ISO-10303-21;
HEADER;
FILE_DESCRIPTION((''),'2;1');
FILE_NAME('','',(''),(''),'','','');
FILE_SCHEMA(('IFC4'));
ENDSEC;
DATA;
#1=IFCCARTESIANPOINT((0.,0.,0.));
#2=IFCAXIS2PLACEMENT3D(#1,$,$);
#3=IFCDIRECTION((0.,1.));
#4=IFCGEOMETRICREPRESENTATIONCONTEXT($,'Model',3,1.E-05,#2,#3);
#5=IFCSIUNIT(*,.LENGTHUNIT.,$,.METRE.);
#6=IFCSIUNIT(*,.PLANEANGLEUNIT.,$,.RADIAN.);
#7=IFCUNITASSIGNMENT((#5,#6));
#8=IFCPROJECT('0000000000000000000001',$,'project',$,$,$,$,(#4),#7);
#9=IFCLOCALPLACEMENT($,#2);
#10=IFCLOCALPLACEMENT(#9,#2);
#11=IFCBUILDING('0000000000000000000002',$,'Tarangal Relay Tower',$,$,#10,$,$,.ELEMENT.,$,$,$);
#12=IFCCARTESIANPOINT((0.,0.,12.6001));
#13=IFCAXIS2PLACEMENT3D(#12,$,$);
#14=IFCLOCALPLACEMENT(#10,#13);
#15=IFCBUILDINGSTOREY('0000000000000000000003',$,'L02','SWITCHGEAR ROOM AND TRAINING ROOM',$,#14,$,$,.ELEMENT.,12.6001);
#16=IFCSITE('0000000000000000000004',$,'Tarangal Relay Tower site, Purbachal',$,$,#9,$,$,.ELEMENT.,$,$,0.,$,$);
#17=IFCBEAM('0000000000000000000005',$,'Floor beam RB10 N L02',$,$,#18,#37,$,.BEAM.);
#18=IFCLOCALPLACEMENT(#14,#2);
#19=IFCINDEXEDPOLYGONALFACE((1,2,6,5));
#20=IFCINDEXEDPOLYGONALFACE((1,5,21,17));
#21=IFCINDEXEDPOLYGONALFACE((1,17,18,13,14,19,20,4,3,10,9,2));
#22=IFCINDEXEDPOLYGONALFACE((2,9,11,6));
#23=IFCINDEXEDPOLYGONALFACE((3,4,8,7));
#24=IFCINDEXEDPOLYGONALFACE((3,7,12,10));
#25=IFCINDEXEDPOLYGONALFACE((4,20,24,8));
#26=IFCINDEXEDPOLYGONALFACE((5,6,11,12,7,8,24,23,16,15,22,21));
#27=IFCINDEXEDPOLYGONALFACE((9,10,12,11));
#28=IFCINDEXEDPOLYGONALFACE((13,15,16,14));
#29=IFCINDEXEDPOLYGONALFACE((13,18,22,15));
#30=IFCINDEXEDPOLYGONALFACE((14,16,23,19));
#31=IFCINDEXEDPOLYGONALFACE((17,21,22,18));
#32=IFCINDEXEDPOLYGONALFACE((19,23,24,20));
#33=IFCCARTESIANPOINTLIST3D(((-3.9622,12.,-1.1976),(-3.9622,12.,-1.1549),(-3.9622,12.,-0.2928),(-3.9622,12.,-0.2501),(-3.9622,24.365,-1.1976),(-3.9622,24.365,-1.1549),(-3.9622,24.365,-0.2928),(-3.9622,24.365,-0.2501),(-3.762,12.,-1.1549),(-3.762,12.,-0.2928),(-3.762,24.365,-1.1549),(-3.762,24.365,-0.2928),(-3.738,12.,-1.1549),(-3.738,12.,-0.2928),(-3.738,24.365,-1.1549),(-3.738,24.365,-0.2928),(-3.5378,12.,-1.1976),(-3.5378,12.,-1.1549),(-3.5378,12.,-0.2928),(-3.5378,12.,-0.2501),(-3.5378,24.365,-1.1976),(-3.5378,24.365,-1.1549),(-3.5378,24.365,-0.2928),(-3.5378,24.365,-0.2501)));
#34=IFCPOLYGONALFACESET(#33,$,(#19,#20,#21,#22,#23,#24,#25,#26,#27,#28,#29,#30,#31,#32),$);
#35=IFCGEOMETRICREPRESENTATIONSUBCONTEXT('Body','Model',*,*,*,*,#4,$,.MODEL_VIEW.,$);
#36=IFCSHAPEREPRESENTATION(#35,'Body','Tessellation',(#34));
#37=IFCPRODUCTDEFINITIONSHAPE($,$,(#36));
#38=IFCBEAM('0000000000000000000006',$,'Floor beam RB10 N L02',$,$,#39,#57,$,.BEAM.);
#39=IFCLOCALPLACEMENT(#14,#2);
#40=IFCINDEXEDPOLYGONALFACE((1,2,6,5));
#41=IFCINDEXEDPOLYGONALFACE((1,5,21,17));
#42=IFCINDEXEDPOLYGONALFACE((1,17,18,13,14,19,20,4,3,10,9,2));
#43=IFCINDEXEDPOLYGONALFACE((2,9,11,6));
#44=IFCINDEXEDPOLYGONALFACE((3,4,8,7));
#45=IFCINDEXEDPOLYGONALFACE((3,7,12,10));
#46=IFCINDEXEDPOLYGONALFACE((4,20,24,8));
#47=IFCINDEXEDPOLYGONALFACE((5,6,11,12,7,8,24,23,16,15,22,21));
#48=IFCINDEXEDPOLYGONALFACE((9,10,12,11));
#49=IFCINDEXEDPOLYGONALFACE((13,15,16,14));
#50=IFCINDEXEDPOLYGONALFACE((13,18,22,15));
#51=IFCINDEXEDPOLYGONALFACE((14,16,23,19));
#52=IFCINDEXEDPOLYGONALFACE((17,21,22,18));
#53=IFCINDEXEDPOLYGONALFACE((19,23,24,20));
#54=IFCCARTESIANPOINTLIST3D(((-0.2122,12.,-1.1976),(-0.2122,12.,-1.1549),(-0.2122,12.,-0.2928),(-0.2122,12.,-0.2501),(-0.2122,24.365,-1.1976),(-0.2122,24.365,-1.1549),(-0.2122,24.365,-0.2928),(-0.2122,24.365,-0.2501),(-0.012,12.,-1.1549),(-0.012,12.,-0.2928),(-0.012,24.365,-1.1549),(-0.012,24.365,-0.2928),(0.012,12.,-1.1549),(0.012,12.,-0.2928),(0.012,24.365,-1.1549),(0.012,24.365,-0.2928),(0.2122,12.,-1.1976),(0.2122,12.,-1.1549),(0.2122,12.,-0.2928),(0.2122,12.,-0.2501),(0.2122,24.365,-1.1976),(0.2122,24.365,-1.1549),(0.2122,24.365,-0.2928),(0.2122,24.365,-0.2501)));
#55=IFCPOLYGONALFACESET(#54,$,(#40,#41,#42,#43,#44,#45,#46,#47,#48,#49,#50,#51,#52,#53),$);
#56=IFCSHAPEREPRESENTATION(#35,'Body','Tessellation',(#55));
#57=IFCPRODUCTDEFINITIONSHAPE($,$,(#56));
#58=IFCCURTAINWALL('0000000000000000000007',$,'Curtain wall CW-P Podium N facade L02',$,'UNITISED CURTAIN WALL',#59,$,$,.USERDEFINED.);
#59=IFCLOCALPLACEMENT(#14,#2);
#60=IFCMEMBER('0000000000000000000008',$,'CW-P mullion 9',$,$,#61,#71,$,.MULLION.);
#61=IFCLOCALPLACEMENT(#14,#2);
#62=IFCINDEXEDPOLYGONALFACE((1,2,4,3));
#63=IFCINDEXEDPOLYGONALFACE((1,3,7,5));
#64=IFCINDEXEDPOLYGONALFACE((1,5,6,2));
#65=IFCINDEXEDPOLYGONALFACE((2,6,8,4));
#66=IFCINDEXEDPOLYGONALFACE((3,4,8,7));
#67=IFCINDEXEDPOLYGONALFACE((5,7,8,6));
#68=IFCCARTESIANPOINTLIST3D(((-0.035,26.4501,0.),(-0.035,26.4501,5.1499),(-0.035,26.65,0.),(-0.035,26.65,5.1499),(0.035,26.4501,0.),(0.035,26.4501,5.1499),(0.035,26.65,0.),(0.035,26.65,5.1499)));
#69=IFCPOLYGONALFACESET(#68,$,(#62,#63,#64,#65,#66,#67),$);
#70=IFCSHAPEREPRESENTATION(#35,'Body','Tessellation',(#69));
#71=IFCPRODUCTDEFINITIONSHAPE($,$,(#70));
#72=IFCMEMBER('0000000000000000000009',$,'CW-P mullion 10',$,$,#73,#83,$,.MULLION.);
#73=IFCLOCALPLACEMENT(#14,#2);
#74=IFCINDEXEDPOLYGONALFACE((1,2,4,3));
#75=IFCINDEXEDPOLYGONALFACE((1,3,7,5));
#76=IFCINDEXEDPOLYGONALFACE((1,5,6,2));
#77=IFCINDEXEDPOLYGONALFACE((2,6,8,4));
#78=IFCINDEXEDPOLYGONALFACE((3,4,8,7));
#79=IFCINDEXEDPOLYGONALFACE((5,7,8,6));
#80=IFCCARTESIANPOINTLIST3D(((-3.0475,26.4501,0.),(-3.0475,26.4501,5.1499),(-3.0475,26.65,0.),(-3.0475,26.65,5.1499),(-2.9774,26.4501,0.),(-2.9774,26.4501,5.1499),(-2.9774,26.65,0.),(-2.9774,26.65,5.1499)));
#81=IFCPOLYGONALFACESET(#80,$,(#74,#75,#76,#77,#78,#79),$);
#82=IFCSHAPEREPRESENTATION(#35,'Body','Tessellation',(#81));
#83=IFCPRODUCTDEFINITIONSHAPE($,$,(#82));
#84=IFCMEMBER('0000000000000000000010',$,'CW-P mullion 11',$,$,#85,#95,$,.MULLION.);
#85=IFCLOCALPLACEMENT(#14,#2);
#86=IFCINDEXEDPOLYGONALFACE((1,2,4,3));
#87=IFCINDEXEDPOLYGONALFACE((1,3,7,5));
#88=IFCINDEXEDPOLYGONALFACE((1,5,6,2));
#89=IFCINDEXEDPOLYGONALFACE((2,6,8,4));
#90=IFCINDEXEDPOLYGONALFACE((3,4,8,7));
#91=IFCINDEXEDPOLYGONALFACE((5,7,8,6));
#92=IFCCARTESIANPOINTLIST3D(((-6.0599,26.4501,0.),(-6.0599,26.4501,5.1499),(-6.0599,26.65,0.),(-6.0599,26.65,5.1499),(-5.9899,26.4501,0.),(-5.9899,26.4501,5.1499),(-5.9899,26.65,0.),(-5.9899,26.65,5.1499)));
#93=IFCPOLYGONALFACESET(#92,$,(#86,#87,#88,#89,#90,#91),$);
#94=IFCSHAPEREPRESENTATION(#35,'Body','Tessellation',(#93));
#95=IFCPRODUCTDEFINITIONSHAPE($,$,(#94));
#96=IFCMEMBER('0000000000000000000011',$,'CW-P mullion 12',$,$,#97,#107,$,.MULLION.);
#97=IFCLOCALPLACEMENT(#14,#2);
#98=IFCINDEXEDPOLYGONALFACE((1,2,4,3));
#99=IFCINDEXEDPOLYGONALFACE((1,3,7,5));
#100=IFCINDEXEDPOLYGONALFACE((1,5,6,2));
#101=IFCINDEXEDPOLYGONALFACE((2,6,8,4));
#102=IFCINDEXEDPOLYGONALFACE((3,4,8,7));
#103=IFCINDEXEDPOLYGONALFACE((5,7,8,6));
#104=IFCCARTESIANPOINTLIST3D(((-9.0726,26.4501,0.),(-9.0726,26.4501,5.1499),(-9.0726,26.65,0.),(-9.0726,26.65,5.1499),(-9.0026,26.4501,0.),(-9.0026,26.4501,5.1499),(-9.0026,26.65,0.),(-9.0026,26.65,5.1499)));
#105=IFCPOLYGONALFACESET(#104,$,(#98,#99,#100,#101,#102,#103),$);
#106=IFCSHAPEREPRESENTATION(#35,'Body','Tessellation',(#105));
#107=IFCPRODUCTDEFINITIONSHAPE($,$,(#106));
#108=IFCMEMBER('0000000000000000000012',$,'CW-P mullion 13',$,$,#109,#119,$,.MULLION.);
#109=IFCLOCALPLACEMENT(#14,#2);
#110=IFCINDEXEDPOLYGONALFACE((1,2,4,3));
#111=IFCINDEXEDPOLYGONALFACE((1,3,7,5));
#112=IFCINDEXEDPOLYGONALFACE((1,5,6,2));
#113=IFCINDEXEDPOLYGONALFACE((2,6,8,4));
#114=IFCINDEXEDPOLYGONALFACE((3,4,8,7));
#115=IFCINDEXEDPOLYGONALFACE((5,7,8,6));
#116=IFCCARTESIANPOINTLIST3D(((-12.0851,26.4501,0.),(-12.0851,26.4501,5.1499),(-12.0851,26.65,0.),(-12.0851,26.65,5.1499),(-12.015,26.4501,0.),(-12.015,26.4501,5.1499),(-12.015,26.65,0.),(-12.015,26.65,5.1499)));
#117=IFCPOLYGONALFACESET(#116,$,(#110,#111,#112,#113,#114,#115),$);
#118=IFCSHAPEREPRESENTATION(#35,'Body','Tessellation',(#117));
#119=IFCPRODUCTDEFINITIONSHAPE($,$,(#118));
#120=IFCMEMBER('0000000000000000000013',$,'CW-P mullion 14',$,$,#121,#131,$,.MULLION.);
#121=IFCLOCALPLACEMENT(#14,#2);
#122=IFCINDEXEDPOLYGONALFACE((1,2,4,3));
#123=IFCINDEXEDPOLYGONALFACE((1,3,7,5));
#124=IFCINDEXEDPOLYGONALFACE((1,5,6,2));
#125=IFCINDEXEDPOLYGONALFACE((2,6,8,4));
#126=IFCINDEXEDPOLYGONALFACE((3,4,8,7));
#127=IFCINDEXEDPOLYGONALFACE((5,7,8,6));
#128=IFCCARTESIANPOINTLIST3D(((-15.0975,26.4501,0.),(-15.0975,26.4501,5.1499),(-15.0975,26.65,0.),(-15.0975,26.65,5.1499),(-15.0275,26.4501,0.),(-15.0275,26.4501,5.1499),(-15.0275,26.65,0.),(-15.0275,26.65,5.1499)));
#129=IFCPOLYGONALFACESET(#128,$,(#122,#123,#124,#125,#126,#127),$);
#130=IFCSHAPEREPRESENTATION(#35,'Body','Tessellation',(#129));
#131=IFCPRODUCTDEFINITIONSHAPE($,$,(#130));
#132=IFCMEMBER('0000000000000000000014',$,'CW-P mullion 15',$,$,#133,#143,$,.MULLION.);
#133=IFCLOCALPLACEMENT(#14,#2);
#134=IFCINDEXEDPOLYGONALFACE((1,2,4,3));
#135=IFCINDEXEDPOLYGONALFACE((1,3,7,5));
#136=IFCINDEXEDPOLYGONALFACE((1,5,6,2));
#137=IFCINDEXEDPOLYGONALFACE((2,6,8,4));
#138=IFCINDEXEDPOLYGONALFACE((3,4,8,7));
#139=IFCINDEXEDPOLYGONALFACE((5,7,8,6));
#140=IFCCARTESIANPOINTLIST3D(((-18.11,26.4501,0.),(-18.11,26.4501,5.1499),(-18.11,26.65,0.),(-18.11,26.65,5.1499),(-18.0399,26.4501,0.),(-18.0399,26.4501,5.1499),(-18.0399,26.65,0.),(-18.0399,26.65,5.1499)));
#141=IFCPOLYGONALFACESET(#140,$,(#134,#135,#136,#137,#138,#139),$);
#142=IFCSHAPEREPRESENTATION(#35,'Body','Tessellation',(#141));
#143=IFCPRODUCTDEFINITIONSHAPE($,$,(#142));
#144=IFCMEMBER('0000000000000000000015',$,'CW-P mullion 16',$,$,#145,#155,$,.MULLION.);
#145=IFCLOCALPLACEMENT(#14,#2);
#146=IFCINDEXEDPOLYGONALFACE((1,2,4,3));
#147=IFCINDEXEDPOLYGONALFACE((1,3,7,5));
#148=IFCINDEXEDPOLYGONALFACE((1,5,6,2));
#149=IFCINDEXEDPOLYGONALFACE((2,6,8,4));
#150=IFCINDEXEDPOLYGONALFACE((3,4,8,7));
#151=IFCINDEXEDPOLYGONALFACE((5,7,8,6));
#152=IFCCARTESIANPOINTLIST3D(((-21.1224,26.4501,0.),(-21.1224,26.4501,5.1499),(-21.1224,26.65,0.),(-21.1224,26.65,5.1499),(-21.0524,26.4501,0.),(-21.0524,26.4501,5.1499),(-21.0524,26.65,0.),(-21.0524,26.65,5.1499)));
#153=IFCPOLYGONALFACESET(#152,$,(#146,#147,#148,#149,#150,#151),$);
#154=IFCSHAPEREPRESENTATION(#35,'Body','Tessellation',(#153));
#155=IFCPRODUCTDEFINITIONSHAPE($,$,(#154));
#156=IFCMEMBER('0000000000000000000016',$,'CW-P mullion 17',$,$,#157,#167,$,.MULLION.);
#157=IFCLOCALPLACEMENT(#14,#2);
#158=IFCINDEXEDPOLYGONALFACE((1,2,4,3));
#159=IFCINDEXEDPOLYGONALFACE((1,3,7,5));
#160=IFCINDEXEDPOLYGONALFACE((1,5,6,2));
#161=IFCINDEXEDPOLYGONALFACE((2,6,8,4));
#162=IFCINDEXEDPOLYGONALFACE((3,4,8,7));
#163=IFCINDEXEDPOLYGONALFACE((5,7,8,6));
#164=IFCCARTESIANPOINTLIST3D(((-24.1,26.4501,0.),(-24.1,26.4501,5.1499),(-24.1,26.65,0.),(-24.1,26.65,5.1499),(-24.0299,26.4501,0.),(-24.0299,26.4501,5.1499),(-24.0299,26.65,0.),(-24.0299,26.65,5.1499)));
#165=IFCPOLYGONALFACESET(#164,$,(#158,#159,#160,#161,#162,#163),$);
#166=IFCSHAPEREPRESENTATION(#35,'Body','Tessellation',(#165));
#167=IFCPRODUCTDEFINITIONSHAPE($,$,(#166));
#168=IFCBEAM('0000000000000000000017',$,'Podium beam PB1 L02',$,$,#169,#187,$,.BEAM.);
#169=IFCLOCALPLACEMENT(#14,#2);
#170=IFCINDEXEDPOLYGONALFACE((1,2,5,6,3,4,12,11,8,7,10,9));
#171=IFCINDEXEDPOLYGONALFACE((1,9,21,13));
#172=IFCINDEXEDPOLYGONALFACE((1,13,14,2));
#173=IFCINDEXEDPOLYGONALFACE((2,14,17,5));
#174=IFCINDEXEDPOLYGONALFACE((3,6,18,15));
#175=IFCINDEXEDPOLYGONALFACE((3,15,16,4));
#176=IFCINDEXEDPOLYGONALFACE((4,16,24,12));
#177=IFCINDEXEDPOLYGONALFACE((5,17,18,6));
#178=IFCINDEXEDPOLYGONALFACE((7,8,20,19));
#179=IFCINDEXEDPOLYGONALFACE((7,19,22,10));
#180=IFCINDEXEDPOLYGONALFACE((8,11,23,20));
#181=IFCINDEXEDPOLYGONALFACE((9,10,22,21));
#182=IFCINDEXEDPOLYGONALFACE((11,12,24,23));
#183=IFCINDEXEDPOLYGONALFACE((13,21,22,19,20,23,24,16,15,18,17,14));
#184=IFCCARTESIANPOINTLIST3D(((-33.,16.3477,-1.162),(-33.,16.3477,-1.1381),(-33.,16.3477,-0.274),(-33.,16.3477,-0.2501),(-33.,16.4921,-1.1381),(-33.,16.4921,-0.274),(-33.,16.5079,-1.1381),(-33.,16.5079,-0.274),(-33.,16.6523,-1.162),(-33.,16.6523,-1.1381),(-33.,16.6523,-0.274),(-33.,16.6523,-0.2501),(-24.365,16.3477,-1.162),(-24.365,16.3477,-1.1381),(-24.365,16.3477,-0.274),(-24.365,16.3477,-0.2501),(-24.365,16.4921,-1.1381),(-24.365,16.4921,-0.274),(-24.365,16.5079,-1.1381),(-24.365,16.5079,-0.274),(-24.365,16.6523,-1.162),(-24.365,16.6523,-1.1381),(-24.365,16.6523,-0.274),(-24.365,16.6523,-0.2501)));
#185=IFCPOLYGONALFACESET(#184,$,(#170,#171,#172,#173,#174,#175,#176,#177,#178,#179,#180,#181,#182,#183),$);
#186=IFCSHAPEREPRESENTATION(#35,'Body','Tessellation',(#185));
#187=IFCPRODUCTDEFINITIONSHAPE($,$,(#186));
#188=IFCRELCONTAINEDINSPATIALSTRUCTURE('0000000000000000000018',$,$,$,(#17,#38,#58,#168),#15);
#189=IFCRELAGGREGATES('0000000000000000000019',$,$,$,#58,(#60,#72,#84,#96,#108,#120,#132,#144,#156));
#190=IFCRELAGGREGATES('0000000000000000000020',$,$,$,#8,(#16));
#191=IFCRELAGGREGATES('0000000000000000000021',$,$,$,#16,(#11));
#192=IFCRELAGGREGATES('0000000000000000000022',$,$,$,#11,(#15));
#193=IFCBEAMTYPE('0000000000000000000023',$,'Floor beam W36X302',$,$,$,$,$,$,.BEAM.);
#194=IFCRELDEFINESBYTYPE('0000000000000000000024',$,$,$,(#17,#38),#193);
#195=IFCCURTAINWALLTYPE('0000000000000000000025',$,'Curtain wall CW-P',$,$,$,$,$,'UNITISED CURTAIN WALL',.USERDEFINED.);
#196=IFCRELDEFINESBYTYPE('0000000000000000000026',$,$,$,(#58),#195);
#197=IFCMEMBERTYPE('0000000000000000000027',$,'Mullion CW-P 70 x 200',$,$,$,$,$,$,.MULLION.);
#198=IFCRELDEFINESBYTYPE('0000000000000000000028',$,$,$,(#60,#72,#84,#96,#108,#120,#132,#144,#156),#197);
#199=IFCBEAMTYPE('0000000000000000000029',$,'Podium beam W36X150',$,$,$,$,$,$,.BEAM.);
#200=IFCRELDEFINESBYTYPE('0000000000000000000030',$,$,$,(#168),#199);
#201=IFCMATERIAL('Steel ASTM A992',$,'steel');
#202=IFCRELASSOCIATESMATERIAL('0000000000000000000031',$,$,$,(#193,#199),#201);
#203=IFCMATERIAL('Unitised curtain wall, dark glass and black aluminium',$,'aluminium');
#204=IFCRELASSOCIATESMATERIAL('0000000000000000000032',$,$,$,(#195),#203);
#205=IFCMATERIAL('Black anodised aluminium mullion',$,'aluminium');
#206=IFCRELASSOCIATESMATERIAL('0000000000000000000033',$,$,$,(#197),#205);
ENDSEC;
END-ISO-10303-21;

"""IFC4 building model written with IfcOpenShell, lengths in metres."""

from ifc_helpers import new_model, si_unit, direction, frame, origin, origin_2d, place, context, subcontext, project, spatial, rectangle, i_section, extrude, material, material_profile, profile_set, type_object, element, aggregate, save


model = new_model("IFC4")

# Units and contexts
model_context = context("Model", 3, precision=1e-05, world=origin(), true_north=direction((0.0, 1.0)))
body_context = subcontext(model_context, "Body", "Model", "MODEL_VIEW")
ifc_project = project(units=[si_unit("LENGTHUNIT", "METRE"), si_unit("PLANEANGLEUNIT", "RADIAN")], contexts=[model_context])

# Site, building, storey
site_placement = place(None, origin())
site = spatial("IfcSite", under=ifc_project, at=site_placement, Name="Tarangal Relay Tower site, Purbachal", CompositionType="ELEMENT", RefElevation=0.0)
building_placement = place(site_placement, origin())
building = spatial("IfcBuilding", under=site, at=building_placement, Name="Tarangal Relay Tower", CompositionType="ELEMENT")
storey_placement = place(building_placement, frame((0.0, 0.0, 12.6001)))
storey = spatial("IfcBuildingStorey", under=building, at=storey_placement, Name="L02", Description="SWITCHGEAR ROOM AND TRAINING ROOM", CompositionType="ELEMENT", Elevation=12.6001)

# Beams
ifc_material_1 = material(Name="Steel ASTM A992", Category="steel")
ifc_material_profile_1 = material_profile(ifc_material_1, i_section(OverallWidth=0.4243, OverallDepth=0.9475, WebThickness=0.0239, FlangeThickness=0.0427, at=origin_2d()), Name="W36X302")
ifc_profile_set_1 = profile_set([ifc_material_profile_1], Name="Steel ASTM A992")
beam_type_1 = type_object("IfcBeamType", Name="Floor beam W36X302", PredefinedType="BEAM", material=ifc_profile_set_1)
for number, where, z_axis, x_axis, name in (
    (1, (-3.75, 12.0, -0.7239), (0.0, 1.0, 0.0), (-1.0, 0.0, 0.0), "Floor beam RB10 N L02"),
    (2, (0.0, 12.0, -0.7239), (0.0, 1.0, 0.0), (-1.0, 0.0, 0.0), "Floor beam RB10 N L02"),
):
    element("IfcBeam", number, at=place(storey_placement, frame(where, z_axis=z_axis, x_axis=x_axis)), inside=storey, type_object=beam_type_1, Name=name, PredefinedType="BEAM", context=body_context, shape_type="SweptSolid", body=[
        extrude(i_section(OverallWidth=0.4243, OverallDepth=0.9475, WebThickness=0.0239, FlangeThickness=0.0427, at=origin_2d()), origin(), (0.0, 0.0, 1.0), 12.365),
    ])

# Curtain wall, members
ifc_material_2 = material(Name="Unitised curtain wall, dark glass and black aluminium", Category="aluminium")
curtain_wall_type = type_object("IfcCurtainWallType", Name="Curtain wall CW-P", ElementType="UNITISED CURTAIN WALL", PredefinedType="USERDEFINED", material=ifc_material_2)
curtain_wall_placement = place(storey_placement, origin())
curtain_wall = element("IfcCurtainWall", 3, at=curtain_wall_placement, inside=storey, type_object=curtain_wall_type, Name="Curtain wall CW-P Podium N facade L02", ObjectType="UNITISED CURTAIN WALL", PredefinedType="USERDEFINED")
ifc_material_3 = material(Name="Black anodised aluminium mullion", Category="aluminium")
ifc_material_profile_2 = material_profile(ifc_material_3, rectangle(XDim=0.2, YDim=0.0701, at=origin_2d()), Name="CW-PM 70X200")
ifc_profile_set_2 = profile_set([ifc_material_profile_2], Name="Black anodised aluminium mullion")
member_type_1 = type_object("IfcMemberType", Name="Mullion CW-P 70 x 200", PredefinedType="MULLION", material=ifc_profile_set_2)
member_1_placement = place(storey_placement, frame((0.0, 26.55, 0.0), z_axis=(0.0, 0.0, 1.0), x_axis=(0.0, -1.0, 0.0)))
member_1 = element("IfcMember", 4, at=member_1_placement, type_object=member_type_1, Name="CW-P mullion 9", PredefinedType="MULLION", context=body_context, shape_type="SweptSolid", body=[
    extrude(rectangle(XDim=0.2, YDim=0.0701, at=origin_2d()), origin(), (0.0, 0.0, 1.0), 5.1499),
])
member_2_placement = place(storey_placement, frame((-3.0125, 26.55, 0.0), z_axis=(0.0, 0.0, 1.0), x_axis=(0.0, -1.0, 0.0)))
member_2 = element("IfcMember", 5, at=member_2_placement, type_object=member_type_1, Name="CW-P mullion 10", PredefinedType="MULLION", context=body_context, shape_type="SweptSolid", body=[
    extrude(rectangle(XDim=0.2, YDim=0.0701, at=origin_2d()), origin(), (0.0, 0.0, 1.0), 5.1499),
])
member_3_placement = place(storey_placement, frame((-6.0249, 26.55, 0.0), z_axis=(0.0, 0.0, 1.0), x_axis=(0.0, -1.0, 0.0)))
member_3 = element("IfcMember", 6, at=member_3_placement, type_object=member_type_1, Name="CW-P mullion 11", PredefinedType="MULLION", context=body_context, shape_type="SweptSolid", body=[
    extrude(rectangle(XDim=0.2, YDim=0.0701, at=origin_2d()), origin(), (0.0, 0.0, 1.0), 5.1499),
])
member_4_placement = place(storey_placement, frame((-9.0376, 26.55, 0.0), z_axis=(0.0, 0.0, 1.0), x_axis=(0.0, -1.0, 0.0)))
member_4 = element("IfcMember", 7, at=member_4_placement, type_object=member_type_1, Name="CW-P mullion 12", PredefinedType="MULLION", context=body_context, shape_type="SweptSolid", body=[
    extrude(rectangle(XDim=0.2, YDim=0.0701, at=origin_2d()), origin(), (0.0, 0.0, 1.0), 5.1499),
])
member_5_placement = place(storey_placement, frame((-12.05, 26.55, 0.0), z_axis=(0.0, 0.0, 1.0), x_axis=(0.0, -1.0, 0.0)))
member_5 = element("IfcMember", 8, at=member_5_placement, type_object=member_type_1, Name="CW-P mullion 13", PredefinedType="MULLION", context=body_context, shape_type="SweptSolid", body=[
    extrude(rectangle(XDim=0.2, YDim=0.0701, at=origin_2d()), origin(), (0.0, 0.0, 1.0), 5.1499),
])
member_6_placement = place(storey_placement, frame((-15.0625, 26.55, 0.0), z_axis=(0.0, 0.0, 1.0), x_axis=(0.0, -1.0, 0.0)))
member_6 = element("IfcMember", 9, at=member_6_placement, type_object=member_type_1, Name="CW-P mullion 14", PredefinedType="MULLION", context=body_context, shape_type="SweptSolid", body=[
    extrude(rectangle(XDim=0.2, YDim=0.0701, at=origin_2d()), origin(), (0.0, 0.0, 1.0), 5.1499),
])
member_7_placement = place(storey_placement, frame((-18.075, 26.55, 0.0), z_axis=(0.0, 0.0, 1.0), x_axis=(0.0, -1.0, 0.0)))
member_7 = element("IfcMember", 10, at=member_7_placement, type_object=member_type_1, Name="CW-P mullion 15", PredefinedType="MULLION", context=body_context, shape_type="SweptSolid", body=[
    extrude(rectangle(XDim=0.2, YDim=0.0701, at=origin_2d()), origin(), (0.0, 0.0, 1.0), 5.1499),
])
member_8_placement = place(storey_placement, frame((-21.0874, 26.55, 0.0), z_axis=(0.0, 0.0, 1.0), x_axis=(0.0, -1.0, 0.0)))
member_8 = element("IfcMember", 11, at=member_8_placement, type_object=member_type_1, Name="CW-P mullion 16", PredefinedType="MULLION", context=body_context, shape_type="SweptSolid", body=[
    extrude(rectangle(XDim=0.2, YDim=0.0701, at=origin_2d()), origin(), (0.0, 0.0, 1.0), 5.1499),
])
member_9_placement = place(storey_placement, frame((-24.0649, 26.55, 0.0), z_axis=(0.0, 0.0, 1.0), x_axis=(0.0, -1.0, 0.0)))
member_9 = element("IfcMember", 12, at=member_9_placement, type_object=member_type_1, Name="CW-P mullion 17", PredefinedType="MULLION", context=body_context, shape_type="SweptSolid", body=[
    extrude(rectangle(XDim=0.2, YDim=0.0701, at=origin_2d()), origin(), (0.0, 0.0, 1.0), 5.1499),
])

# Beam
ifc_material_profile_3 = material_profile(ifc_material_1, i_section(OverallWidth=0.3047, OverallDepth=0.9119, WebThickness=0.0159, FlangeThickness=0.0239, at=origin_2d()), Name="W36X150")
ifc_profile_set_3 = profile_set([ifc_material_profile_3], Name="Steel ASTM A992")
beam_type_2 = type_object("IfcBeamType", Name="Podium beam W36X150", PredefinedType="BEAM", material=ifc_profile_set_3)
beam_1_placement = place(storey_placement, frame((-24.365, 16.5, -0.7061), z_axis=(-1.0, 0.0, 0.0), x_axis=(0.0, -1.0, 0.0)))
element("IfcBeam", 13, at=beam_1_placement, inside=storey, type_object=beam_type_2, Name="Podium beam PB1 L02", PredefinedType="BEAM", context=body_context, shape_type="SweptSolid", body=[
    extrude(i_section(OverallWidth=0.3047, OverallDepth=0.9119, WebThickness=0.0159, FlangeThickness=0.0239, at=origin_2d()), origin(), (0.0, 0.0, 1.0), 8.635),
])

aggregate(curtain_wall, [member_1, member_2, member_3, member_4, member_5, member_6, member_7, member_8, member_9])

save(model, "model.ifc")
